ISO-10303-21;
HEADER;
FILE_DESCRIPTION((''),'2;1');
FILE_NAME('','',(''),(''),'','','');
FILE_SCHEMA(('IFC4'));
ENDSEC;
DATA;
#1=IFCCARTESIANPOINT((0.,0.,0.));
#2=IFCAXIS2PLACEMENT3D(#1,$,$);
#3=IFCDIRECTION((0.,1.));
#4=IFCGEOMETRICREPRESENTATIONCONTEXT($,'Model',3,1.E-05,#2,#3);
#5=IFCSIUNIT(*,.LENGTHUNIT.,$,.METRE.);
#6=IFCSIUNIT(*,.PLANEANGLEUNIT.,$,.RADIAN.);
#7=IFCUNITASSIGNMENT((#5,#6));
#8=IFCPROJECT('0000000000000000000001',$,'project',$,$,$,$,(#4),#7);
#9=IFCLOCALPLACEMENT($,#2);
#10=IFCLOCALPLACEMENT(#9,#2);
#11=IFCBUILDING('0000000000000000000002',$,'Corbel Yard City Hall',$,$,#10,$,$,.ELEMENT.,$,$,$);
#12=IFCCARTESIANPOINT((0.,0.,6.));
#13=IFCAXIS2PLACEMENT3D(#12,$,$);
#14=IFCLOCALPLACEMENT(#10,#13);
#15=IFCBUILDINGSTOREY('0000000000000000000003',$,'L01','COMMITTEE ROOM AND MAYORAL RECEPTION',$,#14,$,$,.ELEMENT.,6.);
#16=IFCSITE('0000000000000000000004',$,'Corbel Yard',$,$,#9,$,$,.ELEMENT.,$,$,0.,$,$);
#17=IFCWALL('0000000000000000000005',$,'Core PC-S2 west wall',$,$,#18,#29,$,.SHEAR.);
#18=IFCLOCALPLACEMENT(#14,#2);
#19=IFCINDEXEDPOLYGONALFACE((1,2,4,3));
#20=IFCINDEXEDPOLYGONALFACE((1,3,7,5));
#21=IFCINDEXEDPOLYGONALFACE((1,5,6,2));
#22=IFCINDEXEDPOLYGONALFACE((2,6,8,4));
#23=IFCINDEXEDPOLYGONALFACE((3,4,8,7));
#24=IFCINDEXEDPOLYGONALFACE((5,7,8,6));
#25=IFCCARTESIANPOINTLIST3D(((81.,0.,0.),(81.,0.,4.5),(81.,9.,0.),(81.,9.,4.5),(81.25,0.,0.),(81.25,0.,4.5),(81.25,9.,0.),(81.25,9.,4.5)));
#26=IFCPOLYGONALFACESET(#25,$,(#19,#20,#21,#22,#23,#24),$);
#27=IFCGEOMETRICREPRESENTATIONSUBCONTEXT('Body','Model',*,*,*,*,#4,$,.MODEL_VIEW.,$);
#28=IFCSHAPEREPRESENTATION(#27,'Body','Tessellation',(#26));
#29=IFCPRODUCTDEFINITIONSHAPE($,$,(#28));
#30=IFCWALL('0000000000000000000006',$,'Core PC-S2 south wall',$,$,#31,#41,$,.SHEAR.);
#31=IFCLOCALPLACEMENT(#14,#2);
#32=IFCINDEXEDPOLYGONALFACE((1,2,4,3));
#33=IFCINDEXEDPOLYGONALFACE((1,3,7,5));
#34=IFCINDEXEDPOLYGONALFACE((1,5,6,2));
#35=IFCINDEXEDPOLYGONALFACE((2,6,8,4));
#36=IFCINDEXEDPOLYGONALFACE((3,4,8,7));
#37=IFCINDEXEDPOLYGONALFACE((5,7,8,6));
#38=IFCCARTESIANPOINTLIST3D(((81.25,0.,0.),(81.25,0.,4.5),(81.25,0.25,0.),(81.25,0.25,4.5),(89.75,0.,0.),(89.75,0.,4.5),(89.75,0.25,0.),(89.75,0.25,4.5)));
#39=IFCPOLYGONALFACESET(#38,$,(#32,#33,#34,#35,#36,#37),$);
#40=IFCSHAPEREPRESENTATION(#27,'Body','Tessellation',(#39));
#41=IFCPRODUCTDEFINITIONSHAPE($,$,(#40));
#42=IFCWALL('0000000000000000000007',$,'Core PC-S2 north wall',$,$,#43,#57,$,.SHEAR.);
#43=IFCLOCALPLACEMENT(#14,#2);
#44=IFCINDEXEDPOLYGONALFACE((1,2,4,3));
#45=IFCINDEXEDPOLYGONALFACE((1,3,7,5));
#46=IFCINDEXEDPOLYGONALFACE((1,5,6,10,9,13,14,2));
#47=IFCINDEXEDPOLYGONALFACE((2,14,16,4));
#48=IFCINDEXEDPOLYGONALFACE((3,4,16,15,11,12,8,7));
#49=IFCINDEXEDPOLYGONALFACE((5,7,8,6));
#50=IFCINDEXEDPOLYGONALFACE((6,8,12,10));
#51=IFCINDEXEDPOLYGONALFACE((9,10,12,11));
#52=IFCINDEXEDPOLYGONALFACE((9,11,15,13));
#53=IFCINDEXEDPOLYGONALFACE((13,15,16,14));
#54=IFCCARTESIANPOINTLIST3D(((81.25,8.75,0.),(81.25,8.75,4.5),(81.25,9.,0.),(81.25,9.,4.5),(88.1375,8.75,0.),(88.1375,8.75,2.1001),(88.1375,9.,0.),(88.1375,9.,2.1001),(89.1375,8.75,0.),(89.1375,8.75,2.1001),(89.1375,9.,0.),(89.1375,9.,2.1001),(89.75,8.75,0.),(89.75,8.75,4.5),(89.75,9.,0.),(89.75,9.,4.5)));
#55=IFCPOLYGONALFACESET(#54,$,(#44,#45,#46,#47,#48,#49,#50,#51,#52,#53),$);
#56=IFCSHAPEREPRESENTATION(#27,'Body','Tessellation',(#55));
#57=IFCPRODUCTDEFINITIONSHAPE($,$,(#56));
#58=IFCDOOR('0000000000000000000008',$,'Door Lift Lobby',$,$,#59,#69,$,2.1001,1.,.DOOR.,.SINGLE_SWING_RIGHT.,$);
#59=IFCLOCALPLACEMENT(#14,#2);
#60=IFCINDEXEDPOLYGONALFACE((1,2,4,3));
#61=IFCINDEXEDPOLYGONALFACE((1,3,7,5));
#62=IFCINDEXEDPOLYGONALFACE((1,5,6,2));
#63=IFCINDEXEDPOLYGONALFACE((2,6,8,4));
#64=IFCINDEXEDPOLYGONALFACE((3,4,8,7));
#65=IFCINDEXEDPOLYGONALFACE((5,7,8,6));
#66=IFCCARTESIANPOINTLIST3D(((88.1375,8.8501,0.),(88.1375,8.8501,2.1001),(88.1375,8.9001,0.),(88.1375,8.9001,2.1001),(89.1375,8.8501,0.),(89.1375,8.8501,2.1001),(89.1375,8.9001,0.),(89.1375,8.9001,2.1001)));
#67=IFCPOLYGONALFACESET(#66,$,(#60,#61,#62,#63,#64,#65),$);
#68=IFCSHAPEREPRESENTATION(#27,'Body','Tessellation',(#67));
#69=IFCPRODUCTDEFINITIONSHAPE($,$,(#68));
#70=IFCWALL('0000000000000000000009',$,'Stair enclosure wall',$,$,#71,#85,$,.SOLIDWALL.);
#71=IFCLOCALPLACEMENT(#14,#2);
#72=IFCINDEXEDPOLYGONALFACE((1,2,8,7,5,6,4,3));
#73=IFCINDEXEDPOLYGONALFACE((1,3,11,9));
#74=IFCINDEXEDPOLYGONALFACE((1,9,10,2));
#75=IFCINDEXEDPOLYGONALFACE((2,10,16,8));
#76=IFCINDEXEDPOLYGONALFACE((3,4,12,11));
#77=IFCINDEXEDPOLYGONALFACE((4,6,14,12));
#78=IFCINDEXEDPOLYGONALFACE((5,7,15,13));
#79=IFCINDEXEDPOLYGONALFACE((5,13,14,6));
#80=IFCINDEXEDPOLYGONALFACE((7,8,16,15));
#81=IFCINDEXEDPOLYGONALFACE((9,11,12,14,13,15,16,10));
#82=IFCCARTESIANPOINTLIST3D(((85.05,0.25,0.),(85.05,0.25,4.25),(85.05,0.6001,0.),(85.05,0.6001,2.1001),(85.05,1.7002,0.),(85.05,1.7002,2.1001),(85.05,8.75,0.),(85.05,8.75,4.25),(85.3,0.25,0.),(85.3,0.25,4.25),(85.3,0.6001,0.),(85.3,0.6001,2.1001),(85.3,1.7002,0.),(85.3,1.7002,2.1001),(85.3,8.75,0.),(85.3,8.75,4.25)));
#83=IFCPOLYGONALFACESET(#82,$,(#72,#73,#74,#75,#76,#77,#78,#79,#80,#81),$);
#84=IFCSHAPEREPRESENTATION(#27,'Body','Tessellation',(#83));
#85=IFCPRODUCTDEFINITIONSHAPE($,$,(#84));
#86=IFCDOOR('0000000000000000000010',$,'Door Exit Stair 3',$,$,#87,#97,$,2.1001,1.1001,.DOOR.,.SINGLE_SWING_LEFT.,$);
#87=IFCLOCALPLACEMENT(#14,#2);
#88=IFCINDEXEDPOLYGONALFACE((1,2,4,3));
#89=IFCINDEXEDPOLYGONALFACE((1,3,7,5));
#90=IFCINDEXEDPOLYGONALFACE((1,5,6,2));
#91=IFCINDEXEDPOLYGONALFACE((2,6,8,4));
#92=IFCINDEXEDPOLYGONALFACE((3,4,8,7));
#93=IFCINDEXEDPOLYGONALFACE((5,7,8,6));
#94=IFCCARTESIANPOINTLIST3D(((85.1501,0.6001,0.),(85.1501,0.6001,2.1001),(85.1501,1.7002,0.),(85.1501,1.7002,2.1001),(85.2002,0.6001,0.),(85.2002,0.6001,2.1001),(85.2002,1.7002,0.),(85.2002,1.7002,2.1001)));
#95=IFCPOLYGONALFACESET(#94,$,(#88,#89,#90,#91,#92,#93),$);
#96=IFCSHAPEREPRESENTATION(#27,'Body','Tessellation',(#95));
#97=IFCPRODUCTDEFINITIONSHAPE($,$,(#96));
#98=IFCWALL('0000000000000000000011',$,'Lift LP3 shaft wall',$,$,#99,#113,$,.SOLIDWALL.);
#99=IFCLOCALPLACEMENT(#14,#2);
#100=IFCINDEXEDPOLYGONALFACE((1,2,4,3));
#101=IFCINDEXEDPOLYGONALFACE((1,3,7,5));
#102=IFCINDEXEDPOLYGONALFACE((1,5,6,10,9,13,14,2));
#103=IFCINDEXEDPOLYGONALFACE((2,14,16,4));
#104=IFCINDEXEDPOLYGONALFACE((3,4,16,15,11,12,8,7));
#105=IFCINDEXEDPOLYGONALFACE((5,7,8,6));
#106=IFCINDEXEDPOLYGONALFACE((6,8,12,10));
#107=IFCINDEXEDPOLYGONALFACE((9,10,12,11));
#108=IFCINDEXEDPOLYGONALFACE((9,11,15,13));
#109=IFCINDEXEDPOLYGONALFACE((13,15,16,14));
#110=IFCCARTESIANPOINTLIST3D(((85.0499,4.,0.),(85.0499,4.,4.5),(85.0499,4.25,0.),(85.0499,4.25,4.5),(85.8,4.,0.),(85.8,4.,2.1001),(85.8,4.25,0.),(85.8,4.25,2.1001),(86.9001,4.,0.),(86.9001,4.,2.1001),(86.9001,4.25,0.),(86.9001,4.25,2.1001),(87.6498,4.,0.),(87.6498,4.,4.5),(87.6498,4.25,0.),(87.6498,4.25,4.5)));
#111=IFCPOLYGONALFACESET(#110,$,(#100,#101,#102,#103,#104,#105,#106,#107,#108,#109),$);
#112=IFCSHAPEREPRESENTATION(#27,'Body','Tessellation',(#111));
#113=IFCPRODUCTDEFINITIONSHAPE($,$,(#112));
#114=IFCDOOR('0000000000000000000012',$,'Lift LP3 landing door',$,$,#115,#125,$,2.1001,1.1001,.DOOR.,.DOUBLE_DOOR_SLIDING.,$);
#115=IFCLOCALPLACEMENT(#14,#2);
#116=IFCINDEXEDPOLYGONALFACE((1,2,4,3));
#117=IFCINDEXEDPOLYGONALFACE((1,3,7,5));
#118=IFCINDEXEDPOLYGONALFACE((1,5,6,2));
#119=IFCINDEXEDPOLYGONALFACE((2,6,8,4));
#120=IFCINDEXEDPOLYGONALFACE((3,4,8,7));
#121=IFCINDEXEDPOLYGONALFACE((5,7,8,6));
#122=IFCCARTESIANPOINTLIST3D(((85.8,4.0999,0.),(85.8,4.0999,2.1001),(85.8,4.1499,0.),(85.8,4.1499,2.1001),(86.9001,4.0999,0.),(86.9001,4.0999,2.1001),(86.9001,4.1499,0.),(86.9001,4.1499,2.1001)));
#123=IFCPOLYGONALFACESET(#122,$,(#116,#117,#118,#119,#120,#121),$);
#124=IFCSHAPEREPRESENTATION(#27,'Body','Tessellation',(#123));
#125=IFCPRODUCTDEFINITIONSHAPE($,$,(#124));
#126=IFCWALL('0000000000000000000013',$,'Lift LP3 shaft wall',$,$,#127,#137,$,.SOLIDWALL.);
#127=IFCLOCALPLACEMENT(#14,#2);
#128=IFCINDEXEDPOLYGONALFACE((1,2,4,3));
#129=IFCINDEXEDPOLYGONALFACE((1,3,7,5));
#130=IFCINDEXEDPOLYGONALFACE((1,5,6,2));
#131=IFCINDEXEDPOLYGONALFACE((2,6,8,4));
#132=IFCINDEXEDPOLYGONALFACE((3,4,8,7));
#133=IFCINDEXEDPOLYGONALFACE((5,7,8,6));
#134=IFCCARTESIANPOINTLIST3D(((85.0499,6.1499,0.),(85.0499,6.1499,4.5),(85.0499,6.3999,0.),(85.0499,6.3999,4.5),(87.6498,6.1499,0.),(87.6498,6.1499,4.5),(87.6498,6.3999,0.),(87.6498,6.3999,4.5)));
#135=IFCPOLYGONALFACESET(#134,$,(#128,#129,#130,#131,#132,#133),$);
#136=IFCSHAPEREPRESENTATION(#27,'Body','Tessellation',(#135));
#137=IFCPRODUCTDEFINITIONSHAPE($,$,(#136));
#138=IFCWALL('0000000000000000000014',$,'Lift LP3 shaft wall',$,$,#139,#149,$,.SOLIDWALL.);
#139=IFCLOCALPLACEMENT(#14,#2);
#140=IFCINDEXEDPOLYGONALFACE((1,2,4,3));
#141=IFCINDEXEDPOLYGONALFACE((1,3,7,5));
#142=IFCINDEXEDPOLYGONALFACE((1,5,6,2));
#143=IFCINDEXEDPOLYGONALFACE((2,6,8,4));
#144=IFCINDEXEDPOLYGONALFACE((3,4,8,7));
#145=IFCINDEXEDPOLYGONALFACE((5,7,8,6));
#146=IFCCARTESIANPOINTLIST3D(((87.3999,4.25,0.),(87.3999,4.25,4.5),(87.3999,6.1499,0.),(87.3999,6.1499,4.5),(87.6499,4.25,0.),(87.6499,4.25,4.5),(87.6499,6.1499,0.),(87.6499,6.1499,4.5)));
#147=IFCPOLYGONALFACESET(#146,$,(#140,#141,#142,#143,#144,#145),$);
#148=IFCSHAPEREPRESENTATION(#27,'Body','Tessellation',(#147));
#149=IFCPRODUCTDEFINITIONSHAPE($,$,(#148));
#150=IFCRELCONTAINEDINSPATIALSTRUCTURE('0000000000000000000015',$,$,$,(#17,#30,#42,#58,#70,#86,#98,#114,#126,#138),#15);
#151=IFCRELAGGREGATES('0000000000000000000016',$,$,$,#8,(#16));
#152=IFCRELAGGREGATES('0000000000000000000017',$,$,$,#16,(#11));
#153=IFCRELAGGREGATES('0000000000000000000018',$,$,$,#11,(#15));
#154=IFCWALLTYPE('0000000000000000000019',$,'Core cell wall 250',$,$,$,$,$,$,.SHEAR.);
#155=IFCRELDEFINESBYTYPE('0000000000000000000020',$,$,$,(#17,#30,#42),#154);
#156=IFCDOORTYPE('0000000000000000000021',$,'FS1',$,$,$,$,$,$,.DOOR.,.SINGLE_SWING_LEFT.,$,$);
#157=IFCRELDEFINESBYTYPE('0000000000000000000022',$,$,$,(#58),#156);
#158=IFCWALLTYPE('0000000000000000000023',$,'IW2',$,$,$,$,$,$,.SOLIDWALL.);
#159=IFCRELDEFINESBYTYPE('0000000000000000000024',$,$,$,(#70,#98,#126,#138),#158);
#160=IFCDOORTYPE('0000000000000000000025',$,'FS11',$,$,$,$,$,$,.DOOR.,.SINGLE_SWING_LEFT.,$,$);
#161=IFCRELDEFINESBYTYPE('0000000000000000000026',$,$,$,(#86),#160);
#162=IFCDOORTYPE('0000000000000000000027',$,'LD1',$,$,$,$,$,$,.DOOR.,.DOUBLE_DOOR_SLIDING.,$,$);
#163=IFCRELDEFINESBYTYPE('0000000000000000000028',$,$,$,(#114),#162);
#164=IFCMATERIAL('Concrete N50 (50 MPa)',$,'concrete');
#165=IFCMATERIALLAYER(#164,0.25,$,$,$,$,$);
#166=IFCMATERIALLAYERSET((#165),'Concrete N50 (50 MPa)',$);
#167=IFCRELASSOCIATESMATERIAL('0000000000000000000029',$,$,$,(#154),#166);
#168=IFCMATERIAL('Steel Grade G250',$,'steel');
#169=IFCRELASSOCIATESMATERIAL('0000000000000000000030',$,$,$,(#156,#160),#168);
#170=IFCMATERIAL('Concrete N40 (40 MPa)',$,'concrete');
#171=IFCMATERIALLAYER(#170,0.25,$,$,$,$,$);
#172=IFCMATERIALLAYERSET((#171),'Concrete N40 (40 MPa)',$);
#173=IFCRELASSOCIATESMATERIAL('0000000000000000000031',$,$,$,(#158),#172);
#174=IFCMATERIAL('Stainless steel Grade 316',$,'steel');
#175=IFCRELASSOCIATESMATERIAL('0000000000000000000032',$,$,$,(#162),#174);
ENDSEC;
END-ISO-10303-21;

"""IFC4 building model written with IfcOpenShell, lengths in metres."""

from ifc_helpers import new_model, si_unit, direction, frame, frame_2d, origin, place, context, subcontext, project, spatial, rectangle, extrude, material, layer, layer_set, type_object, element, fill, save


model = new_model("IFC4")

# Units and contexts
model_context = context("Model", 3, precision=1e-05, world=origin(), true_north=direction((0.0, 1.0)))
body_context = subcontext(model_context, "Body", "Model", "MODEL_VIEW")
ifc_project = project(units=[si_unit("LENGTHUNIT", "METRE"), si_unit("PLANEANGLEUNIT", "RADIAN")], contexts=[model_context])

# Site, building, storey
site_placement = place(None, origin())
site = spatial("IfcSite", under=ifc_project, at=site_placement, Name="Corbel Yard", CompositionType="ELEMENT", RefElevation=0.0)
building_placement = place(site_placement, origin())
building = spatial("IfcBuilding", under=site, at=building_placement, Name="Corbel Yard City Hall", CompositionType="ELEMENT")
storey_placement = place(building_placement, frame((0.0, 0.0, 6.0)))
storey = spatial("IfcBuildingStorey", under=building, at=storey_placement, Name="L01", Description="COMMITTEE ROOM AND MAYORAL RECEPTION", CompositionType="ELEMENT", Elevation=6.0)

# Walls
ifc_material_1 = material(Name="Concrete N50 (50 MPa)", Category="concrete")
ifc_layer_1 = layer(ifc_material_1, 0.25)
ifc_layer_set_1 = layer_set([ifc_layer_1], Name="Concrete N50 (50 MPa)")
wall_type_1 = type_object("IfcWallType", Name="Core cell wall 250", PredefinedType="SHEAR", material=ifc_layer_set_1)
wall_1_placement = place(storey_placement, frame((81.125, 0.0, 0.0), z_axis=(0.0, 0.0, 1.0), x_axis=(0.0, 1.0, 0.0)))
element("IfcWall", 1, at=wall_1_placement, inside=storey, type_object=wall_type_1, Name="Core PC-S2 west wall", PredefinedType="SHEAR", context=body_context, shape_type="SweptSolid", body=[
    extrude(rectangle(XDim=9.0, YDim=0.25, at=frame_2d((4.5, 0.0))), origin(), (0.0, 0.0, 1.0), 4.5),
])
wall_2_placement = place(storey_placement, frame((81.25, 0.125, 0.0), z_axis=(0.0, 0.0, 1.0), x_axis=(1.0, 0.0, 0.0)))
element("IfcWall", 2, at=wall_2_placement, inside=storey, type_object=wall_type_1, Name="Core PC-S2 south wall", PredefinedType="SHEAR", context=body_context, shape_type="SweptSolid", body=[
    extrude(rectangle(XDim=8.5, YDim=0.25, at=frame_2d((4.25, 0.0))), origin(), (0.0, 0.0, 1.0), 4.5),
])

# Walls, openings, doors
wall_3_placement = place(storey_placement, frame((81.25, 8.875, 0.0), z_axis=(0.0, 0.0, 1.0), x_axis=(1.0, 0.0, 0.0)))
wall_3 = element("IfcWall", 3, at=wall_3_placement, inside=storey, type_object=wall_type_1, Name="Core PC-S2 north wall", PredefinedType="SHEAR", context=body_context, shape_type="SweptSolid", body=[
    extrude(rectangle(XDim=8.5, YDim=0.25, at=frame_2d((4.25, 0.0))), origin(), (0.0, 0.0, 1.0), 4.5),
])
opening_1_placement = place(wall_3_placement, frame((6.8875, 0.0, 0.0)))
opening_1 = element("IfcOpeningElement", 4, at=opening_1_placement, cuts=wall_3, PredefinedType="OPENING", context=body_context, shape_type="SweptSolid", body=[
    extrude(rectangle(XDim=1.0, YDim=2.1001, at=frame_2d((0.5, 1.05))), frame((0.0, 0.135, 0.0), z_axis=(0.0, -1.0, 0.0), x_axis=(1.0, 0.0, 0.0)), (0.0, 0.0, 1.0), 0.27),
])
ifc_material_2 = material(Name="Steel Grade G250", Category="steel")
door_type_1 = type_object("IfcDoorType", Name="FS1", OperationType="SINGLE_SWING_LEFT", PredefinedType="DOOR", material=ifc_material_2)
door_1_placement = place(opening_1_placement, frame((1.0, 0.0, 0.0), z_axis=(0.0, 0.0, 1.0), x_axis=(-1.0, 0.0, 0.0)))
door_1 = element("IfcDoor", 5, at=door_1_placement, inside=storey, type_object=door_type_1, Name="Door Lift Lobby", OperationType="SINGLE_SWING_RIGHT", OverallHeight=2.1001, OverallWidth=1.0, PredefinedType="DOOR", context=body_context, shape_type="SweptSolid", body=[
    extrude(rectangle(XDim=1.0, YDim=2.1001, at=frame_2d((0.5, 1.05))), frame((0.0, 0.0249, 0.0), z_axis=(0.0, -1.0, 0.0), x_axis=(1.0, 0.0, 0.0)), (0.0, 0.0, 1.0), 0.05),
])
fill(opening_1, door_1)
ifc_material_3 = material(Name="Concrete N40 (40 MPa)", Category="concrete")
ifc_layer_2 = layer(ifc_material_3, 0.25)
ifc_layer_set_2 = layer_set([ifc_layer_2], Name="Concrete N40 (40 MPa)")
wall_type_2 = type_object("IfcWallType", Name="IW2", PredefinedType="SOLIDWALL", material=ifc_layer_set_2)
wall_4_placement = place(storey_placement, frame((85.175, 0.25, 0.0), z_axis=(0.0, 0.0, 1.0), x_axis=(0.0, 1.0, 0.0)))
wall_4 = element("IfcWall", 6, at=wall_4_placement, inside=storey, type_object=wall_type_2, Name="Stair enclosure wall", PredefinedType="SOLIDWALL", context=body_context, shape_type="SweptSolid", body=[
    extrude(rectangle(XDim=8.5, YDim=0.25, at=frame_2d((4.25, 0.0))), origin(), (0.0, 0.0, 1.0), 4.25),
])
opening_2_placement = place(wall_4_placement, frame((0.3501, 0.0, 0.0)))
opening_2 = element("IfcOpeningElement", 7, at=opening_2_placement, cuts=wall_4, PredefinedType="OPENING", context=body_context, shape_type="SweptSolid", body=[
    extrude(rectangle(XDim=1.1001, YDim=2.1001, at=frame_2d((0.55, 1.05))), frame((0.0, 0.135, 0.0), z_axis=(0.0, -1.0, 0.0), x_axis=(1.0, 0.0, 0.0)), (0.0, 0.0, 1.0), 0.27),
])
door_type_2 = type_object("IfcDoorType", Name="FS11", OperationType="SINGLE_SWING_LEFT", PredefinedType="DOOR", material=ifc_material_2)
door_2_placement = place(opening_2_placement, origin())
door_2 = element("IfcDoor", 8, at=door_2_placement, inside=storey, type_object=door_type_2, Name="Door Exit Stair 3", OperationType="SINGLE_SWING_LEFT", OverallHeight=2.1001, OverallWidth=1.1001, PredefinedType="DOOR", context=body_context, shape_type="SweptSolid", body=[
    extrude(rectangle(XDim=1.1001, YDim=2.1001, at=frame_2d((0.55, 1.05))), frame((0.0, 0.0249, 0.0), z_axis=(0.0, -1.0, 0.0), x_axis=(1.0, 0.0, 0.0)), (0.0, 0.0, 1.0), 0.05),
])
fill(opening_2, door_2)
wall_5_placement = place(storey_placement, frame((85.05, 4.125, 0.0), z_axis=(0.0, 0.0, 1.0), x_axis=(1.0, 0.0, 0.0)))
wall_5 = element("IfcWall", 9, at=wall_5_placement, inside=storey, type_object=wall_type_2, Name="Lift LP3 shaft wall", PredefinedType="SOLIDWALL", context=body_context, shape_type="SweptSolid", body=[
    extrude(rectangle(XDim=2.5999, YDim=0.25, at=frame_2d((1.2998, 0.0))), origin(), (0.0, 0.0, 1.0), 4.5),
])
opening_3_placement = place(wall_5_placement, frame((0.75, 0.0, 0.0)))
opening_3 = element("IfcOpeningElement", 10, at=opening_3_placement, cuts=wall_5, PredefinedType="OPENING", context=body_context, shape_type="SweptSolid", body=[
    extrude(rectangle(XDim=1.1001, YDim=2.1001, at=frame_2d((0.55, 1.05))), frame((0.0, 0.135, 0.0), z_axis=(0.0, -1.0, 0.0), x_axis=(1.0, 0.0, 0.0)), (0.0, 0.0, 1.0), 0.27),
])
ifc_material_4 = material(Name="Stainless steel Grade 316", Category="steel")
door_type_3 = type_object("IfcDoorType", Name="LD1", OperationType="DOUBLE_DOOR_SLIDING", PredefinedType="DOOR", material=ifc_material_4)
door_3_placement = place(opening_3_placement, origin())
door_3 = element("IfcDoor", 11, at=door_3_placement, inside=storey, type_object=door_type_3, Name="Lift LP3 landing door", OperationType="DOUBLE_DOOR_SLIDING", OverallHeight=2.1001, OverallWidth=1.1001, PredefinedType="DOOR", context=body_context, shape_type="SweptSolid", body=[
    extrude(rectangle(XDim=1.1001, YDim=2.1001, at=frame_2d((0.55, 1.05))), frame((0.0, 0.0249, 0.0), z_axis=(0.0, -1.0, 0.0), x_axis=(1.0, 0.0, 0.0)), (0.0, 0.0, 1.0), 0.05),
])
fill(opening_3, door_3)

# Walls
wall_6_placement = place(storey_placement, frame((85.05, 6.2749, 0.0), z_axis=(0.0, 0.0, 1.0), x_axis=(1.0, 0.0, 0.0)))
element("IfcWall", 12, at=wall_6_placement, inside=storey, type_object=wall_type_2, Name="Lift LP3 shaft wall", PredefinedType="SOLIDWALL", context=body_context, shape_type="SweptSolid", body=[
    extrude(rectangle(XDim=2.5999, YDim=0.25, at=frame_2d((1.2998, 0.0))), origin(), (0.0, 0.0, 1.0), 4.5),
])
wall_7_placement = place(storey_placement, frame((87.5249, 4.25, 0.0), z_axis=(0.0, 0.0, 1.0), x_axis=(0.0, 1.0, 0.0)))
element("IfcWall", 13, at=wall_7_placement, inside=storey, type_object=wall_type_2, Name="Lift LP3 shaft wall", PredefinedType="SOLIDWALL", context=body_context, shape_type="SweptSolid", body=[
    extrude(rectangle(XDim=1.8999, YDim=0.25, at=frame_2d((0.95, 0.0))), origin(), (0.0, 0.0, 1.0), 4.5),
])

save(model, "model.ifc")
